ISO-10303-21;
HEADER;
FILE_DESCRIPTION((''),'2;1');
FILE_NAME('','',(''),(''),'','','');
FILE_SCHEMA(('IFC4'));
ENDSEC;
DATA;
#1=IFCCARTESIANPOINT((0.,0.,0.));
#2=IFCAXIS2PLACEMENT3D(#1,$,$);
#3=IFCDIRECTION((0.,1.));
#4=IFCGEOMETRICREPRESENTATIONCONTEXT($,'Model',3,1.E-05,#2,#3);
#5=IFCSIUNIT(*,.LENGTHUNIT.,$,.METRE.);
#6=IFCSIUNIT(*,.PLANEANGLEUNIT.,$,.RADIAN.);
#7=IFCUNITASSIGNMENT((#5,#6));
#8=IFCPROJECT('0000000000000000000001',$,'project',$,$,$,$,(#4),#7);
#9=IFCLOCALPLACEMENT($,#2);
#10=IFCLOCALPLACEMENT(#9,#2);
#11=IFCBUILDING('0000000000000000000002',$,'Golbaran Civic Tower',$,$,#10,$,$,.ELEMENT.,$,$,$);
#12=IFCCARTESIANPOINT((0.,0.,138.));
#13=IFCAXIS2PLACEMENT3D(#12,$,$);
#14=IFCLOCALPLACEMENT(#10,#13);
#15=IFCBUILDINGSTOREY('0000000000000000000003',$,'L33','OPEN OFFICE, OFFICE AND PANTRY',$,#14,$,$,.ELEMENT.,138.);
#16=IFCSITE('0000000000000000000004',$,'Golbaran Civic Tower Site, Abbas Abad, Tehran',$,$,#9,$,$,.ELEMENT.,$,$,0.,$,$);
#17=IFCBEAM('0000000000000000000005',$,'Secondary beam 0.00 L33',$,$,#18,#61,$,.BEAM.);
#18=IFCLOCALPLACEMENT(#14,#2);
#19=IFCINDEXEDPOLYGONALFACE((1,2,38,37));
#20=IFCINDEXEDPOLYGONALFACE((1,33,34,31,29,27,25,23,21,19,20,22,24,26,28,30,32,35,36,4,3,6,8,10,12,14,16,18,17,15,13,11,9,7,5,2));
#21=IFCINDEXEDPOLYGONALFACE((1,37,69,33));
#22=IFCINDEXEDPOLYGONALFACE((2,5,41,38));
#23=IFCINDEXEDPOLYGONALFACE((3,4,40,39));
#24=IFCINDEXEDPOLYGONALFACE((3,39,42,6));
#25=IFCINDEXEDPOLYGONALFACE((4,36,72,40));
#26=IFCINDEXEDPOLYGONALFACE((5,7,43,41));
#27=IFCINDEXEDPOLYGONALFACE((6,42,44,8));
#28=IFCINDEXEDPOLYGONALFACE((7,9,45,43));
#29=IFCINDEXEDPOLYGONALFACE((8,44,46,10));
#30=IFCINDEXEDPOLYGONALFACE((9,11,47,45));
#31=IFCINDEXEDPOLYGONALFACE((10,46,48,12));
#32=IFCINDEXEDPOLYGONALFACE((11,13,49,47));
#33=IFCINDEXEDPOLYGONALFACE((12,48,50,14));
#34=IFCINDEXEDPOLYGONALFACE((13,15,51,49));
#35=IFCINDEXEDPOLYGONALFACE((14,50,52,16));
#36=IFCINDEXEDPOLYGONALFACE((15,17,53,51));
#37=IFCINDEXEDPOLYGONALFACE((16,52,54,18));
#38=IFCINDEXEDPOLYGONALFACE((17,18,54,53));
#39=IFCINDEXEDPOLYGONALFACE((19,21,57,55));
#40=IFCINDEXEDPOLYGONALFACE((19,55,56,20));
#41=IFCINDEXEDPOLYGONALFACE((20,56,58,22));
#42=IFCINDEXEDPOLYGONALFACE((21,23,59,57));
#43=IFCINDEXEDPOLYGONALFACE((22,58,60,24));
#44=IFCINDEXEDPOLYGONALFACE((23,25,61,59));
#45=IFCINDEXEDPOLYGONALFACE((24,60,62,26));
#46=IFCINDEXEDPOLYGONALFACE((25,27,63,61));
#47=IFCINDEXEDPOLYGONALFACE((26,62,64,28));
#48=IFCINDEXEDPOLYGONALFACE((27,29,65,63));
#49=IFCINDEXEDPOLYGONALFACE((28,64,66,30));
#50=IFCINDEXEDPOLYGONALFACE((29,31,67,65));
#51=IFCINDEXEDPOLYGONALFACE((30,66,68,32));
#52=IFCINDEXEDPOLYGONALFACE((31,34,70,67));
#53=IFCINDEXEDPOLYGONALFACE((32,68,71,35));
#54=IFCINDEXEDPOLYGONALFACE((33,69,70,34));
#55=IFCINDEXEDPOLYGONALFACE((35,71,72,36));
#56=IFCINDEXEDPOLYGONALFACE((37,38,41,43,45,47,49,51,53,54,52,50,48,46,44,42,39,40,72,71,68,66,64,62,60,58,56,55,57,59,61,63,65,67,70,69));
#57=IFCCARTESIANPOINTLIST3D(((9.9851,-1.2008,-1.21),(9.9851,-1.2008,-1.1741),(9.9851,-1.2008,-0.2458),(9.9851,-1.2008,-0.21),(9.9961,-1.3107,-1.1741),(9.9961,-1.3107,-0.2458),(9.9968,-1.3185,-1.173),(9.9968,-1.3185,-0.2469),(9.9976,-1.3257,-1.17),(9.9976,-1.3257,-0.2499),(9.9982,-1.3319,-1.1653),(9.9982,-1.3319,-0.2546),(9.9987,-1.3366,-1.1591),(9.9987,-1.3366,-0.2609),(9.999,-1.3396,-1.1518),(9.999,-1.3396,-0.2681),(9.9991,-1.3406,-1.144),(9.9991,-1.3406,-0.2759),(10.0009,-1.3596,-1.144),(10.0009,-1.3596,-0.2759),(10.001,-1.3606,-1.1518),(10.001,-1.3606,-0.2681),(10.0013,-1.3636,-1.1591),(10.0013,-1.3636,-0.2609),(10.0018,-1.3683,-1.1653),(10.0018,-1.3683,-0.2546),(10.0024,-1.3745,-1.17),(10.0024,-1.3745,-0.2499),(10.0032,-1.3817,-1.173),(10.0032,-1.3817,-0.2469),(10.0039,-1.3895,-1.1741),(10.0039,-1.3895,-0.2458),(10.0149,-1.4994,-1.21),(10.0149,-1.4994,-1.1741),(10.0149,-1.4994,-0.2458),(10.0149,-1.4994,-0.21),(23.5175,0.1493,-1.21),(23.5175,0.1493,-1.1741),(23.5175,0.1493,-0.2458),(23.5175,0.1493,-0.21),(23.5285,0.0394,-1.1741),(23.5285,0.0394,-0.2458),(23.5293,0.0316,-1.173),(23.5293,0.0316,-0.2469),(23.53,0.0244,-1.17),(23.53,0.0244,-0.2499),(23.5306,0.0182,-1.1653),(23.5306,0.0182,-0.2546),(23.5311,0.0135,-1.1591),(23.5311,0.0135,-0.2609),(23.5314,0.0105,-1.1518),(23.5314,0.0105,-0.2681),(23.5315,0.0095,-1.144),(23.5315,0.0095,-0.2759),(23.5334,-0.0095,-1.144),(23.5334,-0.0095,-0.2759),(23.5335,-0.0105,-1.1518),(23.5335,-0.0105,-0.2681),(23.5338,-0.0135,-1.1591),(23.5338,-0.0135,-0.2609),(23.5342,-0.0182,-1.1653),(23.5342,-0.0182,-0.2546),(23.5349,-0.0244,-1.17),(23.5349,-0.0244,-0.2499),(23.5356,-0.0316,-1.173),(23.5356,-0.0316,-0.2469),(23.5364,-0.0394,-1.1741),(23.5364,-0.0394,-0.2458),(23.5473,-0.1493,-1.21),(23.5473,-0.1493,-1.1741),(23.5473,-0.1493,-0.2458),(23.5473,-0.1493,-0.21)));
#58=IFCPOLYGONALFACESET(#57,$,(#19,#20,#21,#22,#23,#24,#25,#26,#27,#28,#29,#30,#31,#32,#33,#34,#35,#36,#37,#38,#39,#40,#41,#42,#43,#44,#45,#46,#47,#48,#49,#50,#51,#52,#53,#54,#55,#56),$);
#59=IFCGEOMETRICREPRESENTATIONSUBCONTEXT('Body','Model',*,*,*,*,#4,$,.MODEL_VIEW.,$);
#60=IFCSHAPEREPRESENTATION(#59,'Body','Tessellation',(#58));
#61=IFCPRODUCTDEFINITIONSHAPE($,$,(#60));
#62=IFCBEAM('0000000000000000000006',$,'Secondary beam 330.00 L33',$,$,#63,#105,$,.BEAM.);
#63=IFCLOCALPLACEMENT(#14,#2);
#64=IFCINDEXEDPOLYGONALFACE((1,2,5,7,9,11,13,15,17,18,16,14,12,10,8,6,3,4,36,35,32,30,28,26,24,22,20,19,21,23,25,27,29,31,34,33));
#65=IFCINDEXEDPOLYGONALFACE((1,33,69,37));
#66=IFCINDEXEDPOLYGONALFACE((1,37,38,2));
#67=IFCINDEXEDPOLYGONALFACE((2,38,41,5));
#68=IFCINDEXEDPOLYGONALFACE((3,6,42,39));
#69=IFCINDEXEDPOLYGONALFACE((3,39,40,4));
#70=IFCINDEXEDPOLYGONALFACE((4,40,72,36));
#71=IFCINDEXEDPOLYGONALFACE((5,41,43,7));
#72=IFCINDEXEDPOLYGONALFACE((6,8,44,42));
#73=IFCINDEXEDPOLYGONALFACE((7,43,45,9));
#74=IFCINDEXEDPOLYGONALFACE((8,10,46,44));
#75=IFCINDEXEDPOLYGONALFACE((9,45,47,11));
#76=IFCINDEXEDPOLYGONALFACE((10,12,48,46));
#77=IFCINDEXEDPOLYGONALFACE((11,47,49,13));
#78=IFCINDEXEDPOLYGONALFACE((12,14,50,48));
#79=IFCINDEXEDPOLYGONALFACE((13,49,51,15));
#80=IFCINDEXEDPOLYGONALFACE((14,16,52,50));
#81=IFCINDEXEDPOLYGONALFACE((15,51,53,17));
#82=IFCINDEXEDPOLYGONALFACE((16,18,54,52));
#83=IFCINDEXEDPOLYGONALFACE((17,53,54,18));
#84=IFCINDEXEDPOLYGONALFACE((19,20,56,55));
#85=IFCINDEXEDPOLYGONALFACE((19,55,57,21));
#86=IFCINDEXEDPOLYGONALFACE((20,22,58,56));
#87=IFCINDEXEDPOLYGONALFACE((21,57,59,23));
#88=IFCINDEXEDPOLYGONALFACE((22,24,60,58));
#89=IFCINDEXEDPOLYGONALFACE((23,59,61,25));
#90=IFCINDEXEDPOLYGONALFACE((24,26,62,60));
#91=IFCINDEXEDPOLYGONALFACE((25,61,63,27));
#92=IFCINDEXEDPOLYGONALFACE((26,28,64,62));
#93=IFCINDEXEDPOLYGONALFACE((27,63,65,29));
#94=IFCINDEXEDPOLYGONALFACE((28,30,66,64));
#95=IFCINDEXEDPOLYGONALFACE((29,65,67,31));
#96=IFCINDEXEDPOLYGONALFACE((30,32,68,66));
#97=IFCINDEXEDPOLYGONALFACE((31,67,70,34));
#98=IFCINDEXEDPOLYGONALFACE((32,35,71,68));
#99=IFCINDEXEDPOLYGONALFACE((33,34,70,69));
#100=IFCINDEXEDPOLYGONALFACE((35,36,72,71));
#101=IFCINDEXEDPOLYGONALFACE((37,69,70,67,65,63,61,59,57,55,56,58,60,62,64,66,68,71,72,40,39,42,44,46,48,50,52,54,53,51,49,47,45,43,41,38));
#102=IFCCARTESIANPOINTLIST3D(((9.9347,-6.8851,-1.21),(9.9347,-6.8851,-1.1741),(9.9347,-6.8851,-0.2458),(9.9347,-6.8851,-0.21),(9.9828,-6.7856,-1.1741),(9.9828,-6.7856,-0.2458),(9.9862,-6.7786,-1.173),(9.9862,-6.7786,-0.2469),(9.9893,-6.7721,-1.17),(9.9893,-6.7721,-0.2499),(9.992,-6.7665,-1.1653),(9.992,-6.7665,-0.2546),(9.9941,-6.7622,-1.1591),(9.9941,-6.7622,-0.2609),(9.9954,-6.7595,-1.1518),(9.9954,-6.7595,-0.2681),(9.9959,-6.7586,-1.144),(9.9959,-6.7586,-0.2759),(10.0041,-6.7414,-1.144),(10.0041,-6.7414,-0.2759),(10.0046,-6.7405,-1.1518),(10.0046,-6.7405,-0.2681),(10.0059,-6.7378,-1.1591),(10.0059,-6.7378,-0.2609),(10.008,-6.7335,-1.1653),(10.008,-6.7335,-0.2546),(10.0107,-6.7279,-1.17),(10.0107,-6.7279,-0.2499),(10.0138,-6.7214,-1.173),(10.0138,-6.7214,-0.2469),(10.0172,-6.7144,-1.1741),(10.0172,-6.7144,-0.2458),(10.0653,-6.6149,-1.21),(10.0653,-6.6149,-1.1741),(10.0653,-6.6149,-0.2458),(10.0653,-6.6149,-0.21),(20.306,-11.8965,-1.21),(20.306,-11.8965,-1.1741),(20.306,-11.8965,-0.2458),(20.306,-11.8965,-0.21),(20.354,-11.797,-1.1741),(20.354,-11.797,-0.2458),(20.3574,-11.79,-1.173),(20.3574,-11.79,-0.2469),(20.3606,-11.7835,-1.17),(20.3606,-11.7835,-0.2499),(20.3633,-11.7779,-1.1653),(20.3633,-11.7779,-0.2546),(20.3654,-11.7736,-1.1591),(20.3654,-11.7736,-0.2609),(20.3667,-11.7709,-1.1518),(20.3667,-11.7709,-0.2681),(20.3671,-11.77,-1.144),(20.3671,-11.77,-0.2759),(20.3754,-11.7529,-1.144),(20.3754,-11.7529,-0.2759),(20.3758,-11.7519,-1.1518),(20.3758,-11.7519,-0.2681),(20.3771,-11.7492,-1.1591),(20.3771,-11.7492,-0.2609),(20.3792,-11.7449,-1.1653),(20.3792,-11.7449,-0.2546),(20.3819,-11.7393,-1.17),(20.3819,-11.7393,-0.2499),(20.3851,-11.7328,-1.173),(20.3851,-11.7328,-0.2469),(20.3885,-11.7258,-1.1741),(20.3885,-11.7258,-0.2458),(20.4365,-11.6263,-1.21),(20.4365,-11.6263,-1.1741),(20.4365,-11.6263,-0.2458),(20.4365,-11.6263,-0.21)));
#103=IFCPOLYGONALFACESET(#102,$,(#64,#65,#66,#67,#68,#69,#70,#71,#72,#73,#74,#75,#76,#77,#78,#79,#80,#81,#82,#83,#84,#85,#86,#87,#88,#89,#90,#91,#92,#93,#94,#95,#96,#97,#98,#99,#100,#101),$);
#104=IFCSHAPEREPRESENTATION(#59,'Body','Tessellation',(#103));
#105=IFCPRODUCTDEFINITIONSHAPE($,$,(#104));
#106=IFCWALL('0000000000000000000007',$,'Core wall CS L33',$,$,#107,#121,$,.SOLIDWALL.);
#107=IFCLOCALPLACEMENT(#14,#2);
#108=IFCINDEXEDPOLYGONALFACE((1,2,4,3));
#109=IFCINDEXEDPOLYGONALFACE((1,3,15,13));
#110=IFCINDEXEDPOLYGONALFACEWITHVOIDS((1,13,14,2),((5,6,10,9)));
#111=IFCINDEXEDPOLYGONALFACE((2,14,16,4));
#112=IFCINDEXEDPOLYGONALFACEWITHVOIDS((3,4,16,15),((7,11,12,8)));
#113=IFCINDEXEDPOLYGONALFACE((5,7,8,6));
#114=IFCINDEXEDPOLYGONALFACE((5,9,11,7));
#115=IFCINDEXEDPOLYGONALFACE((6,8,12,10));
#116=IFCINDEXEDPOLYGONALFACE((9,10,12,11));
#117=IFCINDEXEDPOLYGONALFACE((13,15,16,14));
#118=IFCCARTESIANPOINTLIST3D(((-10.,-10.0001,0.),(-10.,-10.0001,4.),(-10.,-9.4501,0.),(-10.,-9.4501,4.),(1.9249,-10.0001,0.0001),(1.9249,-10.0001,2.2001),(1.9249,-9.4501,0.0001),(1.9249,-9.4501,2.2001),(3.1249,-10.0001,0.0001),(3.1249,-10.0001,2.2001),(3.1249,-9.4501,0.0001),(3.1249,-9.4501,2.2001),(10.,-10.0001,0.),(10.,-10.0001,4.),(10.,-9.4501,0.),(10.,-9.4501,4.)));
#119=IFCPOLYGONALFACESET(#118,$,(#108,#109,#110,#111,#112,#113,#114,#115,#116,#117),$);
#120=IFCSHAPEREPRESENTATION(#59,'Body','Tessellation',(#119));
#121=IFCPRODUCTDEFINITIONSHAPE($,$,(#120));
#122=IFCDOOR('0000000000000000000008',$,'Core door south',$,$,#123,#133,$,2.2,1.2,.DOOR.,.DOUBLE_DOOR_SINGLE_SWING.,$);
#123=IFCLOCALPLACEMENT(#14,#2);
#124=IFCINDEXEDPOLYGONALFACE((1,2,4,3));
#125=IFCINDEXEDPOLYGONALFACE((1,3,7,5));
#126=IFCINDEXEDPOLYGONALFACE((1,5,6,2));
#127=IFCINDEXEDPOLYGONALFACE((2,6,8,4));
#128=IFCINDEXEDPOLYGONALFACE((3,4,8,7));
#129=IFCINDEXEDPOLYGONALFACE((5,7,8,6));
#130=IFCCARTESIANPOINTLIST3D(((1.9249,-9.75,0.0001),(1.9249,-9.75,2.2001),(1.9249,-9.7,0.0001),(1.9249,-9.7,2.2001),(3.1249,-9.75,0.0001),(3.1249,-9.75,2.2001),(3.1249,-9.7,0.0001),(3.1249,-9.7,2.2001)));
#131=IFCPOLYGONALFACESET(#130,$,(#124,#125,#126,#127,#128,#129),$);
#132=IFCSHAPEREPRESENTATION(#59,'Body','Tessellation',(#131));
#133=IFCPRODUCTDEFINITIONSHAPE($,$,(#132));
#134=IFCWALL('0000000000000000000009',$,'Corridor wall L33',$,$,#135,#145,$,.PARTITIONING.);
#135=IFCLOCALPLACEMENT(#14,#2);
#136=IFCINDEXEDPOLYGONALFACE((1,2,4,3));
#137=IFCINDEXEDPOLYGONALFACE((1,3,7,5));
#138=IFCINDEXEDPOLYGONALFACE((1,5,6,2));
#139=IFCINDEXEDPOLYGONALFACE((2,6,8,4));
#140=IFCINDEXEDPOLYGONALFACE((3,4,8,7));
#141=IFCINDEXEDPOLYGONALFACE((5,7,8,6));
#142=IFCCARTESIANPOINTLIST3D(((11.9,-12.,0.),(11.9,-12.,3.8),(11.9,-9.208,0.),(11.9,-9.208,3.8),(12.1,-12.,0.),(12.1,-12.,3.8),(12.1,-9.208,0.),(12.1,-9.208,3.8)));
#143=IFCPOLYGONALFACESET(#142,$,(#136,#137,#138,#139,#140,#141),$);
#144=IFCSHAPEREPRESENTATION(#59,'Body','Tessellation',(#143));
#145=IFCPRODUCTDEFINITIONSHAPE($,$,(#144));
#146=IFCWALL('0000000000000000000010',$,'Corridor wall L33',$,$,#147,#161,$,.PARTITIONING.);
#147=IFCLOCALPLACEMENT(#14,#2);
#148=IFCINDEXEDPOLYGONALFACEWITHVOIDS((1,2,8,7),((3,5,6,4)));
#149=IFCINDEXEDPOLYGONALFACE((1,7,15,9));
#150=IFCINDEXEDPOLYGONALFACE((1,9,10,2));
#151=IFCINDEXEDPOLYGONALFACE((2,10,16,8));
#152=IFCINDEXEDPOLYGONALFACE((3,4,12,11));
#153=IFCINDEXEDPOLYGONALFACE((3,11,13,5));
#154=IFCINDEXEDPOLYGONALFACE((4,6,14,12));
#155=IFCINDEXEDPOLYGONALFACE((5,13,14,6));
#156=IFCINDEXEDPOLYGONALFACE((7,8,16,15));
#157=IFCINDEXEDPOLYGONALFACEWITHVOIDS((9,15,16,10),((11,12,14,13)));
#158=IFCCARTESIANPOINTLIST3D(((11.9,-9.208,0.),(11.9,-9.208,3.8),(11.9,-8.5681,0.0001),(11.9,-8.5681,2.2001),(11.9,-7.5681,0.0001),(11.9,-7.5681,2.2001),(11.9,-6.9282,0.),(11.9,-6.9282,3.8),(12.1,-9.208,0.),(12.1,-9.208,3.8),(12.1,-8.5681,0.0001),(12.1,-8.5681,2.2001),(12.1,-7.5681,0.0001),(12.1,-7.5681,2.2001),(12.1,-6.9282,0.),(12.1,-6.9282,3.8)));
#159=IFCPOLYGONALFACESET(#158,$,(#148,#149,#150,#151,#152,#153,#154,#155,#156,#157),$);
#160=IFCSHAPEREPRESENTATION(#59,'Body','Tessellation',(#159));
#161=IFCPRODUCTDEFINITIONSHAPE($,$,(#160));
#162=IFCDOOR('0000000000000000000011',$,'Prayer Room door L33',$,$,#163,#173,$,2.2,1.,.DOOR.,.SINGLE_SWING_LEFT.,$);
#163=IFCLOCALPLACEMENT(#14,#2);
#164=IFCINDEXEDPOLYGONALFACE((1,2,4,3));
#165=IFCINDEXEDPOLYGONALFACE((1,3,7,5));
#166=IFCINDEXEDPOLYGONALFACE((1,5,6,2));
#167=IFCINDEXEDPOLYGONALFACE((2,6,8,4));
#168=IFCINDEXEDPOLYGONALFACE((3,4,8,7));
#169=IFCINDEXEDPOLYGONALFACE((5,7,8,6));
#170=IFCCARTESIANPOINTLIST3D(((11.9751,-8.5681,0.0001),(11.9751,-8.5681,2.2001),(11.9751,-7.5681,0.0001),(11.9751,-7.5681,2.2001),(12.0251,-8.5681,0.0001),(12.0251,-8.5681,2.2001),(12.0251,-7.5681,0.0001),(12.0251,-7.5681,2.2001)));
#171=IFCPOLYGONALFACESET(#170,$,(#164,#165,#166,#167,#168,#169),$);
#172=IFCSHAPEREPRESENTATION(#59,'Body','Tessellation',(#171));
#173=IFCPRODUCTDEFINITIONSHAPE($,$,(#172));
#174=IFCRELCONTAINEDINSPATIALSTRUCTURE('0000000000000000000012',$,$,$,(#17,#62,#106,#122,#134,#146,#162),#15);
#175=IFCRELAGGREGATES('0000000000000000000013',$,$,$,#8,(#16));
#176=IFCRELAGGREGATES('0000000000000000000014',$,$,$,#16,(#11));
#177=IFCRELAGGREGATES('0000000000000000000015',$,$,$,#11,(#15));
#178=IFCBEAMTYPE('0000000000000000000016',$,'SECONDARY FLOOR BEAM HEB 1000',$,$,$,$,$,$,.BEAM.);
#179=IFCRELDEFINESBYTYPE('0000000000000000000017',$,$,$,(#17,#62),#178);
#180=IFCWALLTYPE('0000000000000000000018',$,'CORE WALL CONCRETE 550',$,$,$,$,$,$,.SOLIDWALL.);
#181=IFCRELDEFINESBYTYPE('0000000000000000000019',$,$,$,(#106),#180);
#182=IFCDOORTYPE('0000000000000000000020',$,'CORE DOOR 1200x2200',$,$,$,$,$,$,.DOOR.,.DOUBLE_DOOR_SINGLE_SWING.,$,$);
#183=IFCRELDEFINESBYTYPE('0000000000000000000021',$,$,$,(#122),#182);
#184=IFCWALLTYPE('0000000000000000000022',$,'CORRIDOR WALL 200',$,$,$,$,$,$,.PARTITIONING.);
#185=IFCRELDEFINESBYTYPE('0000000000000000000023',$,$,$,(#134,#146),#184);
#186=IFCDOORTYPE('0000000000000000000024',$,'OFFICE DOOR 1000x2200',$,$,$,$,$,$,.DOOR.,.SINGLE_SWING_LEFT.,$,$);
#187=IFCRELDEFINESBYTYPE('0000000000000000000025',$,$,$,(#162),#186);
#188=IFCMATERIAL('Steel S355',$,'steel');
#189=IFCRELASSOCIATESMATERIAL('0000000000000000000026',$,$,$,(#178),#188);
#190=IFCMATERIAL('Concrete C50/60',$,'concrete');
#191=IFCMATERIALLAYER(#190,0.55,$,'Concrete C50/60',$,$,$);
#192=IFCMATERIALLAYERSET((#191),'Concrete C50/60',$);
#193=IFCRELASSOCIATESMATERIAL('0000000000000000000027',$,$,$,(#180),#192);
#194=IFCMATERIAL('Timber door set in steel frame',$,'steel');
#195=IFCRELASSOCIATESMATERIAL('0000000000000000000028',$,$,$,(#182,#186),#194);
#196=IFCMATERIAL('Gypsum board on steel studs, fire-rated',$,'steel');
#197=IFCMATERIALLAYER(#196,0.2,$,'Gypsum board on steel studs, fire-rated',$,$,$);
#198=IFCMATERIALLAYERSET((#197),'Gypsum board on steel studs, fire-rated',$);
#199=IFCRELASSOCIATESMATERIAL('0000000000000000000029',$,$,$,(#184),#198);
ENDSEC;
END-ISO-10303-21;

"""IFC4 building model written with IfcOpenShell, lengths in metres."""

from ifc_helpers import new_model, si_unit, direction, frame, frame_2d, origin, origin_2d, place, context, subcontext, project, spatial, rectangle, i_section, extrude, material, layer, layer_set, material_profile, profile_set, type_object, element, fill, save


model = new_model("IFC4")

# Units and contexts
model_context = context("Model", 3, precision=1e-05, world=origin(), true_north=direction((0.0, 1.0)))
body_context = subcontext(model_context, "Body", "Model", "MODEL_VIEW")
ifc_project = project(units=[si_unit("LENGTHUNIT", "METRE"), si_unit("PLANEANGLEUNIT", "RADIAN")], contexts=[model_context])

# Site, building, storey
site_placement = place(None, origin())
site = spatial("IfcSite", under=ifc_project, at=site_placement, Name="Golbaran Civic Tower Site, Abbas Abad, Tehran", CompositionType="ELEMENT", RefElevation=0.0)
building_placement = place(site_placement, origin())
building = spatial("IfcBuilding", under=site, at=building_placement, Name="Golbaran Civic Tower", CompositionType="ELEMENT")
storey_placement = place(building_placement, frame((0.0, 0.0, 138.0)))
storey = spatial("IfcBuildingStorey", under=building, at=storey_placement, Name="L33", Description="OPEN OFFICE, OFFICE AND PANTRY", CompositionType="ELEMENT", Elevation=138.0)

# Beams
ifc_material_1 = material(Name="Steel S355", Category="steel")
ifc_material_profile_1 = material_profile(ifc_material_1, i_section(OverallWidth=0.3, OverallDepth=1.0, WebThickness=0.019, FlangeThickness=0.0359, FilletRadius=0.03, at=origin_2d()), Name="HEB 1000")
ifc_profile_set_1 = profile_set([ifc_material_profile_1], Name="Steel S355")
beam_type_1 = type_object("IfcBeamType", Name="SECONDARY FLOOR BEAM HEB 1000", PredefinedType="BEAM", material=ifc_profile_set_1)
beam_1_placement = place(storey_placement, frame((10.0, -1.3501, -0.71), z_axis=(0.99506, 0.099274, 0.0), x_axis=(-0.099274, 0.99506, 0.0)))
element("IfcBeam", 1, at=beam_1_placement, inside=storey, type_object=beam_type_1, Name="Secondary beam 0.00 L33", PredefinedType="BEAM", context=body_context, shape_type="SweptSolid", body=[
    extrude(i_section(OverallWidth=0.3, OverallDepth=1.0, WebThickness=0.019, FlangeThickness=0.0359, FilletRadius=0.03, at=origin_2d()), origin(), (0.0, 0.0, 1.0), 13.5996),
])
beam_2_placement = place(storey_placement, frame((10.0, -6.75, -0.71), z_axis=(0.900394, -0.435074, 0.0), x_axis=(0.435074, 0.900394, 0.0)))
element("IfcBeam", 2, at=beam_2_placement, inside=storey, type_object=beam_type_1, Name="Secondary beam 330.00 L33", PredefinedType="BEAM", context=body_context, shape_type="SweptSolid", body=[
    extrude(i_section(OverallWidth=0.3, OverallDepth=1.0, WebThickness=0.019, FlangeThickness=0.0359, FilletRadius=0.03, at=origin_2d()), origin(), (0.0, 0.0, 1.0), 11.5186),
])

# Wall, opening, door
ifc_material_2 = material(Name="Concrete C50/60", Category="concrete")
ifc_layer_1 = layer(ifc_material_2, 0.55, Name="Concrete C50/60")
ifc_layer_set_1 = layer_set([ifc_layer_1], Name="Concrete C50/60")
wall_type_1 = type_object("IfcWallType", Name="CORE WALL CONCRETE 550", PredefinedType="SOLIDWALL", material=ifc_layer_set_1)
wall_1_placement = place(storey_placement, frame((10.0, -9.7251, 0.0), z_axis=(0.0, 0.0, 1.0), x_axis=(-1.0, 0.0, 0.0)))
wall_1 = element("IfcWall", 3, at=wall_1_placement, inside=storey, type_object=wall_type_1, Name="Core wall CS L33", PredefinedType="SOLIDWALL", context=body_context, shape_type="SweptSolid", body=[
    extrude(rectangle(XDim=20.0, YDim=0.55, at=frame_2d((10.0, 0.0))), origin(), (0.0, 0.0, 1.0), 4.0),
])
opening_1_placement = place(wall_1_placement, frame((6.875, 0.0, 0.0)))
opening_1 = element("IfcOpeningElement", 4, at=opening_1_placement, cuts=wall_1, PredefinedType="OPENING", context=body_context, shape_type="SweptSolid", body=[
    extrude(rectangle(XDim=1.2, YDim=2.2, at=frame_2d((0.6001, 1.1001))), frame((0.0, 0.2849, 0.0), z_axis=(0.0, -1.0, 0.0), x_axis=(1.0, 0.0, 0.0)), (0.0, 0.0, 1.0), 0.5701),
])
ifc_material_3 = material(Name="Timber door set in steel frame", Category="steel")
door_type_1 = type_object("IfcDoorType", Name="CORE DOOR 1200x2200", OperationType="DOUBLE_DOOR_SINGLE_SWING", PredefinedType="DOOR", material=ifc_material_3)
door_1_placement = place(opening_1_placement, origin())
door_1 = element("IfcDoor", 5, at=door_1_placement, inside=storey, type_object=door_type_1, Name="Core door south", OperationType="DOUBLE_DOOR_SINGLE_SWING", OverallHeight=2.2, OverallWidth=1.2, PredefinedType="DOOR", context=body_context, shape_type="SweptSolid", body=[
    extrude(rectangle(XDim=1.2, YDim=2.2, at=frame_2d((0.6001, 1.1001))), frame((0.0, 0.0249, 0.0), z_axis=(0.0, -1.0, 0.0), x_axis=(1.0, 0.0, 0.0)), (0.0, 0.0, 1.0), 0.05),
])
fill(opening_1, door_1)

# Wall
ifc_material_4 = material(Name="Gypsum board on steel studs, fire-rated", Category="steel")
ifc_layer_2 = layer(ifc_material_4, 0.2, Name="Gypsum board on steel studs, fire-rated")
ifc_layer_set_2 = layer_set([ifc_layer_2], Name="Gypsum board on steel studs, fire-rated")
wall_type_2 = type_object("IfcWallType", Name="CORRIDOR WALL 200", PredefinedType="PARTITIONING", material=ifc_layer_set_2)
wall_2_placement = place(storey_placement, frame((12.0, -12.0, 0.0), z_axis=(0.0, 0.0, 1.0), x_axis=(0.0, 1.0, 0.0)))
element("IfcWall", 6, at=wall_2_placement, inside=storey, type_object=wall_type_2, Name="Corridor wall L33", PredefinedType="PARTITIONING", context=body_context, shape_type="SweptSolid", body=[
    extrude(rectangle(XDim=2.792, YDim=0.2, at=frame_2d((1.396, 0.0))), origin(), (0.0, 0.0, 1.0), 3.8),
])

# Wall, opening, door
wall_3_placement = place(storey_placement, frame((12.0, -9.208, 0.0), z_axis=(0.0, 0.0, 1.0), x_axis=(0.0, 1.0, 0.0)))
wall_3 = element("IfcWall", 7, at=wall_3_placement, inside=storey, type_object=wall_type_2, Name="Corridor wall L33", PredefinedType="PARTITIONING", context=body_context, shape_type="SweptSolid", body=[
    extrude(rectangle(XDim=2.2798, YDim=0.2, at=frame_2d((1.1399, 0.0))), origin(), (0.0, 0.0, 1.0), 3.8),
])
opening_2_placement = place(wall_3_placement, frame((0.6399, 0.0, 0.0)))
opening_2 = element("IfcOpeningElement", 8, at=opening_2_placement, cuts=wall_3, PredefinedType="OPENING", context=body_context, shape_type="SweptSolid", body=[
    extrude(rectangle(XDim=1.0, YDim=2.2, at=frame_2d((0.5, 1.1001))), frame((0.0, 0.1099, 0.0), z_axis=(0.0, -1.0, 0.0), x_axis=(1.0, 0.0, 0.0)), (0.0, 0.0, 1.0), 0.22),
])
door_type_2 = type_object("IfcDoorType", Name="OFFICE DOOR 1000x2200", OperationType="SINGLE_SWING_LEFT", PredefinedType="DOOR", material=ifc_material_3)
door_2_placement = place(opening_2_placement, origin())
door_2 = element("IfcDoor", 9, at=door_2_placement, inside=storey, type_object=door_type_2, Name="Prayer Room door L33", OperationType="SINGLE_SWING_LEFT", OverallHeight=2.2, OverallWidth=1.0, PredefinedType="DOOR", context=body_context, shape_type="SweptSolid", body=[
    extrude(rectangle(XDim=1.0, YDim=2.2, at=frame_2d((0.5, 1.1001))), frame((0.0, 0.0249, 0.0), z_axis=(0.0, -1.0, 0.0), x_axis=(1.0, 0.0, 0.0)), (0.0, 0.0, 1.0), 0.05),
])
fill(opening_2, door_2)

save(model, "model.ifc")
